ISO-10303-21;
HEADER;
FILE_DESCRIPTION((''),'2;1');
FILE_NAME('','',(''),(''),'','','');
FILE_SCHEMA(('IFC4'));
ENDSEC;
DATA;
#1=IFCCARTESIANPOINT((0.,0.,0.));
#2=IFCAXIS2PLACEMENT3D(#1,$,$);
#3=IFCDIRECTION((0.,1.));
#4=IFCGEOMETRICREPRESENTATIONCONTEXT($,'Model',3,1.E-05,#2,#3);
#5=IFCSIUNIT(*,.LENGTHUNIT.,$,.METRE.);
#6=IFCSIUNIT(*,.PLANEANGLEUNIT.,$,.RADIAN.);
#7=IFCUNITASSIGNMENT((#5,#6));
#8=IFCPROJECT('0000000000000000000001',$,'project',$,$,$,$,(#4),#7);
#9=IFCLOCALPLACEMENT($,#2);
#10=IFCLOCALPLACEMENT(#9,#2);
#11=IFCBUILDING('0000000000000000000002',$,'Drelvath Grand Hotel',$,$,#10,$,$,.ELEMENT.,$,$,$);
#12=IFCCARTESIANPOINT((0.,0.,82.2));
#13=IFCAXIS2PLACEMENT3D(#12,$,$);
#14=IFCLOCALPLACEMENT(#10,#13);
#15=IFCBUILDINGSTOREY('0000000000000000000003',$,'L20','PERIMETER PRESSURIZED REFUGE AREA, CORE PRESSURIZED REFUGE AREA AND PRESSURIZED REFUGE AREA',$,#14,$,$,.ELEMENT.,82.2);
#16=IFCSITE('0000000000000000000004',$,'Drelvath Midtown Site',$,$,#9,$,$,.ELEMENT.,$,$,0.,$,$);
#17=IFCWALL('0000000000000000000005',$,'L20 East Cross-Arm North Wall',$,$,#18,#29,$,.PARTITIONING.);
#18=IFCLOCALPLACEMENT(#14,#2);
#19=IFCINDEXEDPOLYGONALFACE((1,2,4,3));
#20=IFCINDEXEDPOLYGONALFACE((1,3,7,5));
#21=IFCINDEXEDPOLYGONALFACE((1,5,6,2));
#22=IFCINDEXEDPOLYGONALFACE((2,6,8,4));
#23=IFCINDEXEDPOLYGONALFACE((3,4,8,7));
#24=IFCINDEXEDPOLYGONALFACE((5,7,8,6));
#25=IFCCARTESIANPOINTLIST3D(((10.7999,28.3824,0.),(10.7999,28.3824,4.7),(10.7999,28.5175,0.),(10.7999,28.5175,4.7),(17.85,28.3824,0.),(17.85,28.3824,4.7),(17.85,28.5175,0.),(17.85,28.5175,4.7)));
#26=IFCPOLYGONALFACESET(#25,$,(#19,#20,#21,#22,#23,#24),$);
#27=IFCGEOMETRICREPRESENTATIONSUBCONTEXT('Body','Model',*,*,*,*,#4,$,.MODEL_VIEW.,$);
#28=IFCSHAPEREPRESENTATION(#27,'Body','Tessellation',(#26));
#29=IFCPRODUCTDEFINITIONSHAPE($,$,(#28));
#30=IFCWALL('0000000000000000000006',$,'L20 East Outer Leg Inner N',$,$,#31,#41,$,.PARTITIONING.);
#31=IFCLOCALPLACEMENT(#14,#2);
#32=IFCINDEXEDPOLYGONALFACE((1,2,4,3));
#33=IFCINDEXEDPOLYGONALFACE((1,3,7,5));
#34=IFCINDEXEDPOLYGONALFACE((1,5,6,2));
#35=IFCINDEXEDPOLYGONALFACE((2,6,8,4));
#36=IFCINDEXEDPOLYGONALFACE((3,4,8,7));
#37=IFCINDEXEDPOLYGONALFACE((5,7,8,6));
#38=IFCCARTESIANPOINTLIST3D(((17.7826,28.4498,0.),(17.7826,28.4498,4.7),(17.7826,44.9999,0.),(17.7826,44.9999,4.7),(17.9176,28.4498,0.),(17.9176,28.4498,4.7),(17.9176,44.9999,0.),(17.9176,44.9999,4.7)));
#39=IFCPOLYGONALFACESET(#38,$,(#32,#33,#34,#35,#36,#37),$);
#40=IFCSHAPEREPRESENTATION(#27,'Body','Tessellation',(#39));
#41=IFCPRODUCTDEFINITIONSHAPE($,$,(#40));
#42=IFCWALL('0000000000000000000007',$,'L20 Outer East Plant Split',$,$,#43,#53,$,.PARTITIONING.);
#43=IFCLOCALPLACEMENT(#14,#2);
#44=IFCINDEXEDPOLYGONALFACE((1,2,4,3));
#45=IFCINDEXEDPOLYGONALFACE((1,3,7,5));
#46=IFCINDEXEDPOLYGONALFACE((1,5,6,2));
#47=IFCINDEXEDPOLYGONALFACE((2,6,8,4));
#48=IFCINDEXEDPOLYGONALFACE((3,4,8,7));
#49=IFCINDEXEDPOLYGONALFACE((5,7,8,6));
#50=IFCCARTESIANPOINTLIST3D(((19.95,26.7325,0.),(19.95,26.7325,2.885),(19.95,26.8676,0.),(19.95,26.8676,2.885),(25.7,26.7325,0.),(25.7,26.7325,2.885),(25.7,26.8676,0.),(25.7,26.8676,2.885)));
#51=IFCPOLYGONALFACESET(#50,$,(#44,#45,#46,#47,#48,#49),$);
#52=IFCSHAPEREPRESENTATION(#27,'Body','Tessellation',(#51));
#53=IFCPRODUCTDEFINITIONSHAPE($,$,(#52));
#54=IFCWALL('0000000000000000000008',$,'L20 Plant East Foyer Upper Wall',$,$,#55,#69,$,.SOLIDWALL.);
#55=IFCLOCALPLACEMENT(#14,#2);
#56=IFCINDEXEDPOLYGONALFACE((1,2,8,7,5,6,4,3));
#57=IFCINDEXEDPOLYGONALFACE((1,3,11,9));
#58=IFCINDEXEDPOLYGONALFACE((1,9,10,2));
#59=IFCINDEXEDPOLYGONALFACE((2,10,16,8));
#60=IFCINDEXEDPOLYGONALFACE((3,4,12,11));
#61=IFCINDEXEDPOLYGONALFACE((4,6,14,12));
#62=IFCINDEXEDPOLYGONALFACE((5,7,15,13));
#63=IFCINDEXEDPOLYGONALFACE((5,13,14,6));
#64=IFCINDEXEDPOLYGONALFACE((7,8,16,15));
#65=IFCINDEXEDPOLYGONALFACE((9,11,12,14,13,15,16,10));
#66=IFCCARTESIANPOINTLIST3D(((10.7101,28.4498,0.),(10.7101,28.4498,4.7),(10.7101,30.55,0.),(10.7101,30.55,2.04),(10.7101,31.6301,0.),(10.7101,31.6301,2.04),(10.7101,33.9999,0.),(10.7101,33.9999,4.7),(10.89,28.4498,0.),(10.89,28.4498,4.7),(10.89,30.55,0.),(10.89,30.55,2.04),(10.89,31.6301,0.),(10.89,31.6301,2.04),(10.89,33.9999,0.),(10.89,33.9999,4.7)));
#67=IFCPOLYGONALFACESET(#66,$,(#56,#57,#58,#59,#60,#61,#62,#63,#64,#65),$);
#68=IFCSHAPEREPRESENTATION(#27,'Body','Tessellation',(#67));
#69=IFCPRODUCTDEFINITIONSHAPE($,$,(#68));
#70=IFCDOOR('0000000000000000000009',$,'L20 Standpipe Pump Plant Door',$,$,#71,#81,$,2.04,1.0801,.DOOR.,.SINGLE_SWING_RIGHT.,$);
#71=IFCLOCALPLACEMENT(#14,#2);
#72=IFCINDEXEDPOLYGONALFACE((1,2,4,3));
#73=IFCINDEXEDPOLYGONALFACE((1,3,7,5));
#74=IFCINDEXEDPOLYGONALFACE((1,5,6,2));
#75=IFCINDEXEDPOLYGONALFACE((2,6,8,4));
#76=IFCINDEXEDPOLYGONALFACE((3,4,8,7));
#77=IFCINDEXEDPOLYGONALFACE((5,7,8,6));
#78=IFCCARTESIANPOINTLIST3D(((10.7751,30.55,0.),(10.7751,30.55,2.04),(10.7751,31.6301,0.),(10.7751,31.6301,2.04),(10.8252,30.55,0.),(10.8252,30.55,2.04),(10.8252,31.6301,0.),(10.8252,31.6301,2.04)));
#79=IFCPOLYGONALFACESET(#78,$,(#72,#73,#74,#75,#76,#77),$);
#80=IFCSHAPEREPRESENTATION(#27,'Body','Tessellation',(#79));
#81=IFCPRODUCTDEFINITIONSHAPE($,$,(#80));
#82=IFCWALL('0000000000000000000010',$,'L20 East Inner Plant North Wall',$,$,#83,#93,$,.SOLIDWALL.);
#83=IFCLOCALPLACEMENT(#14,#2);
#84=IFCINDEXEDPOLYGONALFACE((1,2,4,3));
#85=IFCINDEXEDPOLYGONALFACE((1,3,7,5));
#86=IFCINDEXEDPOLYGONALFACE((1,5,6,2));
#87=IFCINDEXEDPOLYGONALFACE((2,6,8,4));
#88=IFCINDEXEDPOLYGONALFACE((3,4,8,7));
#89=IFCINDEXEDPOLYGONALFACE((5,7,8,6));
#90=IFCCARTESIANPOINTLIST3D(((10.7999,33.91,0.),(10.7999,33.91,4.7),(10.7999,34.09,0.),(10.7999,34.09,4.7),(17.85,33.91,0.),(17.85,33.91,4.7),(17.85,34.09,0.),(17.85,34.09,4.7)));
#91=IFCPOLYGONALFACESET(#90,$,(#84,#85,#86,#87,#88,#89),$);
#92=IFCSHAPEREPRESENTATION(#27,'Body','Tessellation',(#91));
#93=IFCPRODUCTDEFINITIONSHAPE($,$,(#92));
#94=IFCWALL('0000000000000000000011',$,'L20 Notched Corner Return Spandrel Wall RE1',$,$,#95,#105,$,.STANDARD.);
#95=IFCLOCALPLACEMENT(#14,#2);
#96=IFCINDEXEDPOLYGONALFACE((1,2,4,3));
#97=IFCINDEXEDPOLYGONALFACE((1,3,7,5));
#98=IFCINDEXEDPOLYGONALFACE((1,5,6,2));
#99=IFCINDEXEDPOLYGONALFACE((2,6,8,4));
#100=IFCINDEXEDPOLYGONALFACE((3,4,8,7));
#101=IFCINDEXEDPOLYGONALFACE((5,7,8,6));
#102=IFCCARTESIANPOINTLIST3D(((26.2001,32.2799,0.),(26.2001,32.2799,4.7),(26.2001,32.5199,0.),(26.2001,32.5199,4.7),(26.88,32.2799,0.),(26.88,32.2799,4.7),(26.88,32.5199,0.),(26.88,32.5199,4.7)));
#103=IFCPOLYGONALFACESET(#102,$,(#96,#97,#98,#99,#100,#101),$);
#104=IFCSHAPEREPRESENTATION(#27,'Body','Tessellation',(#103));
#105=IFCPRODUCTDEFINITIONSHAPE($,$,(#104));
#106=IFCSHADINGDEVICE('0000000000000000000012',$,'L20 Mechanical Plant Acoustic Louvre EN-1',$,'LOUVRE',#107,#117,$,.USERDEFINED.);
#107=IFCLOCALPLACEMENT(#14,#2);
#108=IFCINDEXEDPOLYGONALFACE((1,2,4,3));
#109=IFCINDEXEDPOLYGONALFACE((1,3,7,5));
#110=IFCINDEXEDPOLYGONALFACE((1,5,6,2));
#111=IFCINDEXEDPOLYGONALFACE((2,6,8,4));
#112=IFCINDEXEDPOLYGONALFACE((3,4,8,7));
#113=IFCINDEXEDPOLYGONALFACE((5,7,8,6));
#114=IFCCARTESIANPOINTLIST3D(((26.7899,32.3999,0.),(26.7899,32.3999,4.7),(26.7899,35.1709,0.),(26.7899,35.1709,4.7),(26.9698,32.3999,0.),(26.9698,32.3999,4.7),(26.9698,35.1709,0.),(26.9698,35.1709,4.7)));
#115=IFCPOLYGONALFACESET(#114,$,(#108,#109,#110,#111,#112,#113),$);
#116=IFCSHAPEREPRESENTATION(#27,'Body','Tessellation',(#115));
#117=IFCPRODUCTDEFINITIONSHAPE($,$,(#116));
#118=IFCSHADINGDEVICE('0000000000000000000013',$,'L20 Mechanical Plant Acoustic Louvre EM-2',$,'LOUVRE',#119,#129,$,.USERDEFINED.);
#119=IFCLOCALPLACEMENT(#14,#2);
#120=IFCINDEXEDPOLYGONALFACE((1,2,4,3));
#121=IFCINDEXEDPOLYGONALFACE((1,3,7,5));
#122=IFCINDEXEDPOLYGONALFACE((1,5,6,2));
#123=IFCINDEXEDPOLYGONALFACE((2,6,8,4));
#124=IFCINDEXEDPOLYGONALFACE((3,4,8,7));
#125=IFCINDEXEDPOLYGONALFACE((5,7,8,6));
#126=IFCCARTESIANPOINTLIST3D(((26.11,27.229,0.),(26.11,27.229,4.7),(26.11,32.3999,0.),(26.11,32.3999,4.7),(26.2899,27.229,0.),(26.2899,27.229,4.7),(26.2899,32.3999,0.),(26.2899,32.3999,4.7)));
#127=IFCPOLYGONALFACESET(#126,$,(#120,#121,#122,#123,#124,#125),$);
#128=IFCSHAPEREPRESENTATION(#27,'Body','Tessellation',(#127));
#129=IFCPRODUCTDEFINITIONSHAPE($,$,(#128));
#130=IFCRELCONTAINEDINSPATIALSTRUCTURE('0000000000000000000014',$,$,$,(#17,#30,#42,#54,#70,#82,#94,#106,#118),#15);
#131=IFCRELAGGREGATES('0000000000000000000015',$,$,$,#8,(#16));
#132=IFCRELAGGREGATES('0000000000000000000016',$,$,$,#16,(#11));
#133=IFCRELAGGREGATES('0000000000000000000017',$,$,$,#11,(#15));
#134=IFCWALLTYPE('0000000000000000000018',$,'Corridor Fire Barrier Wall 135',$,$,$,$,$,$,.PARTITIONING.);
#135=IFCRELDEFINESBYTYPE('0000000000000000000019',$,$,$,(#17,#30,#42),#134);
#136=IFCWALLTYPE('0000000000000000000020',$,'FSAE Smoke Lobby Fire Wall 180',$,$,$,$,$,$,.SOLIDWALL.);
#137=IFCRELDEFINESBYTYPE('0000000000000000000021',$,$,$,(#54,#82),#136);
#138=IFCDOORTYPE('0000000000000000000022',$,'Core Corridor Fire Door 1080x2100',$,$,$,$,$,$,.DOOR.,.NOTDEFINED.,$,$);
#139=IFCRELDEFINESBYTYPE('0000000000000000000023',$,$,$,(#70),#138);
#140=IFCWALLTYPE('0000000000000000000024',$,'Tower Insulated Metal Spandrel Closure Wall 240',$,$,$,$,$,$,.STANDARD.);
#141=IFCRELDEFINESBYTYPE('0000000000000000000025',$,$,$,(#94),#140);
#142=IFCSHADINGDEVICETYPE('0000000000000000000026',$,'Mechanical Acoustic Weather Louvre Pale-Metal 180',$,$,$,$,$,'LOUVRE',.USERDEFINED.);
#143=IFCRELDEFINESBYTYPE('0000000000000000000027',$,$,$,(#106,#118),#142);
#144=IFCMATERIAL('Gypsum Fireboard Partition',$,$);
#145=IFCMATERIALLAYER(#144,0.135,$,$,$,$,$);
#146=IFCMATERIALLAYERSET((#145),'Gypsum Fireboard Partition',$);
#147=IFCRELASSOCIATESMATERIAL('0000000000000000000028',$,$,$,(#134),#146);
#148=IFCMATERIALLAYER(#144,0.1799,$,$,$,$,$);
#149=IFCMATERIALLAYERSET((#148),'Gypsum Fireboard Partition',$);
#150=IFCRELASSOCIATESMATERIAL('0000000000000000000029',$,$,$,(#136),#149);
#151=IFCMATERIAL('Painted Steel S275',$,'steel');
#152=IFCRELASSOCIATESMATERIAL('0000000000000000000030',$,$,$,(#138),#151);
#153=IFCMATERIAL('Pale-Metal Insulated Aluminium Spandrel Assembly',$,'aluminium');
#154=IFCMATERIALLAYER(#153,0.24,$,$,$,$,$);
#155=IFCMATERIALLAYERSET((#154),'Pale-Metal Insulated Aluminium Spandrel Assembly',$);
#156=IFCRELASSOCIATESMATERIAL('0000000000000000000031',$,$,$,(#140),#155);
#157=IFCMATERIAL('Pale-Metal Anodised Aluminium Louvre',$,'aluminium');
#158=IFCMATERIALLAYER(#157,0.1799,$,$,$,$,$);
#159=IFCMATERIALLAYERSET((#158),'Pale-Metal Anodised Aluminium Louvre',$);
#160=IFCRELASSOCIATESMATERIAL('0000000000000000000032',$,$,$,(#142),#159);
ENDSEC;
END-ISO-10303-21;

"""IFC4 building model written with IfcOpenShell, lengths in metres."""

from ifc_helpers import new_model, si_unit, direction, frame, frame_2d, origin, origin_2d, place, context, subcontext, project, spatial, rectangle, extrude, material, layer, layer_set, type_object, element, fill, save


model = new_model("IFC4")

# Units and contexts
model_context = context("Model", 3, precision=1e-05, world=origin(), true_north=direction((0.0, 1.0)))
body_context = subcontext(model_context, "Body", "Model", "MODEL_VIEW")
ifc_project = project(units=[si_unit("LENGTHUNIT", "METRE"), si_unit("PLANEANGLEUNIT", "RADIAN")], contexts=[model_context])

# Site, building, storey
site_placement = place(None, origin())
site = spatial("IfcSite", under=ifc_project, at=site_placement, Name="Drelvath Midtown Site", CompositionType="ELEMENT", RefElevation=0.0)
building_placement = place(site_placement, origin())
building = spatial("IfcBuilding", under=site, at=building_placement, Name="Drelvath Grand Hotel", CompositionType="ELEMENT")
storey_placement = place(building_placement, frame((0.0, 0.0, 82.2)))
storey = spatial("IfcBuildingStorey", under=building, at=storey_placement, Name="L20", Description="PERIMETER PRESSURIZED REFUGE AREA, CORE PRESSURIZED REFUGE AREA AND PRESSURIZED REFUGE AREA", CompositionType="ELEMENT", Elevation=82.2)

# Walls
ifc_material_1 = material(Name="Gypsum Fireboard Partition")
ifc_layer_1 = layer(ifc_material_1, 0.135)
ifc_layer_set_1 = layer_set([ifc_layer_1], Name="Gypsum Fireboard Partition")
wall_type_1 = type_object("IfcWallType", Name="Corridor Fire Barrier Wall 135", PredefinedType="PARTITIONING", material=ifc_layer_set_1)
wall_1_placement = place(storey_placement, frame((10.8, 28.45, 0.0), z_axis=(0.0, 0.0, 1.0), x_axis=(1.0, 0.0, 0.0)))
element("IfcWall", 1, at=wall_1_placement, inside=storey, type_object=wall_type_1, Name="L20 East Cross-Arm North Wall", PredefinedType="PARTITIONING", context=body_context, shape_type="SweptSolid", body=[
    extrude(rectangle(XDim=7.05, YDim=0.135, at=frame_2d((3.5249, 0.0))), origin(), (0.0, 0.0, 1.0), 4.7),
])
wall_2_placement = place(storey_placement, frame((17.8501, 28.45, 0.0), z_axis=(0.0, 0.0, 1.0), x_axis=(0.0, 1.0, 0.0)))
element("IfcWall", 2, at=wall_2_placement, inside=storey, type_object=wall_type_1, Name="L20 East Outer Leg Inner N", PredefinedType="PARTITIONING", context=body_context, shape_type="SweptSolid", body=[
    extrude(rectangle(XDim=16.55, YDim=0.135, at=frame_2d((8.2749, 0.0))), origin(), (0.0, 0.0, 1.0), 4.7),
])
wall_3_placement = place(storey_placement, frame((19.95, 26.8, 0.0), z_axis=(0.0, 0.0, 1.0), x_axis=(1.0, 0.0, 0.0)))
element("IfcWall", 3, at=wall_3_placement, inside=storey, type_object=wall_type_1, Name="L20 Outer East Plant Split", PredefinedType="PARTITIONING", context=body_context, shape_type="SweptSolid", body=[
    extrude(rectangle(XDim=5.75, YDim=0.135, at=frame_2d((2.875, 0.0))), origin(), (0.0, 0.0, 1.0), 2.885),
])

# Wall, opening, door
ifc_layer_2 = layer(ifc_material_1, 0.1799)
ifc_layer_set_2 = layer_set([ifc_layer_2], Name="Gypsum Fireboard Partition")
wall_type_2 = type_object("IfcWallType", Name="FSAE Smoke Lobby Fire Wall 180", PredefinedType="SOLIDWALL", material=ifc_layer_set_2)
wall_4_placement = place(storey_placement, frame((10.8, 28.45, 0.0), z_axis=(0.0, 0.0, 1.0), x_axis=(0.0, 1.0, 0.0)))
wall_4 = element("IfcWall", 4, at=wall_4_placement, inside=storey, type_object=wall_type_2, Name="L20 Plant East Foyer Upper Wall", PredefinedType="SOLIDWALL", context=body_context, shape_type="SweptSolid", body=[
    extrude(rectangle(XDim=5.55, YDim=0.1799, at=frame_2d((2.7749, 0.0))), origin(), (0.0, 0.0, 1.0), 4.7),
])
opening_placement = place(wall_4_placement, frame((2.1001, 0.0, 0.0)))
opening = element("IfcOpeningElement", 5, at=opening_placement, cuts=wall_4, PredefinedType="OPENING", context=body_context, shape_type="SweptSolid", body=[
    extrude(rectangle(XDim=1.0801, YDim=2.04, at=frame_2d((0.54, 1.02))), frame((0.0, 0.0999, 0.0), z_axis=(0.0, -1.0, 0.0), x_axis=(1.0, 0.0, 0.0)), (0.0, 0.0, 1.0), 0.2),
])
ifc_material_2 = material(Name="Painted Steel S275", Category="steel")
door_type = type_object("IfcDoorType", Name="Core Corridor Fire Door 1080x2100", OperationType="NOTDEFINED", PredefinedType="DOOR", material=ifc_material_2)
door_placement = place(opening_placement, origin())
door = element("IfcDoor", 6, at=door_placement, inside=storey, type_object=door_type, Name="L20 Standpipe Pump Plant Door", OperationType="SINGLE_SWING_RIGHT", OverallHeight=2.04, OverallWidth=1.0801, PredefinedType="DOOR", context=body_context, shape_type="SweptSolid", body=[
    extrude(rectangle(XDim=1.0801, YDim=2.04, at=frame_2d((0.54, 1.02))), frame((0.0, 0.0249, 0.0), z_axis=(0.0, -1.0, 0.0), x_axis=(1.0, 0.0, 0.0)), (0.0, 0.0, 1.0), 0.05),
])
fill(opening, door)

# Walls
wall_5_placement = place(storey_placement, frame((10.8, 34.0, 0.0), z_axis=(0.0, 0.0, 1.0), x_axis=(1.0, 0.0, 0.0)))
element("IfcWall", 7, at=wall_5_placement, inside=storey, type_object=wall_type_2, Name="L20 East Inner Plant North Wall", PredefinedType="SOLIDWALL", context=body_context, shape_type="SweptSolid", body=[
    extrude(rectangle(XDim=7.05, YDim=0.1799, at=frame_2d((3.5249, 0.0))), origin(), (0.0, 0.0, 1.0), 4.7),
])
ifc_material_3 = material(Name="Pale-Metal Insulated Aluminium Spandrel Assembly", Category="aluminium")
ifc_layer_3 = layer(ifc_material_3, 0.24)
ifc_layer_set_3 = layer_set([ifc_layer_3], Name="Pale-Metal Insulated Aluminium Spandrel Assembly")
wall_type_3 = type_object("IfcWallType", Name="Tower Insulated Metal Spandrel Closure Wall 240", PredefinedType="STANDARD", material=ifc_layer_set_3)
wall_6_placement = place(storey_placement, frame((26.8799, 32.3999, 0.0), z_axis=(0.0, 0.0, 1.0), x_axis=(-1.0, 0.0, 0.0)))
element("IfcWall", 8, at=wall_6_placement, inside=storey, type_object=wall_type_3, Name="L20 Notched Corner Return Spandrel Wall RE1", PredefinedType="STANDARD", context=body_context, shape_type="SweptSolid", body=[
    extrude(rectangle(XDim=0.6799, YDim=0.24, at=frame_2d((0.3398, 0.0))), origin(), (0.0, 0.0, 1.0), 4.7),
])

# Shading devices
ifc_material_4 = material(Name="Pale-Metal Anodised Aluminium Louvre", Category="aluminium")
ifc_layer_4 = layer(ifc_material_4, 0.1799)
ifc_layer_set_4 = layer_set([ifc_layer_4], Name="Pale-Metal Anodised Aluminium Louvre")
shading_device_type = type_object("IfcShadingDeviceType", Name="Mechanical Acoustic Weather Louvre Pale-Metal 180", ElementType="LOUVRE", PredefinedType="USERDEFINED", material=ifc_layer_set_4)
shading_device_1_placement = place(storey_placement, frame((26.8799, 33.7854, 0.0), z_axis=(0.0, 0.0, 1.0), x_axis=(0.0, 1.0, 0.0)))
element("IfcShadingDevice", 9, at=shading_device_1_placement, inside=storey, type_object=shading_device_type, Name="L20 Mechanical Plant Acoustic Louvre EN-1", ObjectType="LOUVRE", PredefinedType="USERDEFINED", context=body_context, shape_type="SweptSolid", body=[
    extrude(rectangle(XDim=2.771, YDim=0.1799, at=origin_2d()), origin(), (0.0, 0.0, 1.0), 4.7),
])
shading_device_2_placement = place(storey_placement, frame((26.2, 29.8145, 0.0), z_axis=(0.0, 0.0, 1.0), x_axis=(0.0, 1.0, 0.0)))
element("IfcShadingDevice", 10, at=shading_device_2_placement, inside=storey, type_object=shading_device_type, Name="L20 Mechanical Plant Acoustic Louvre EM-2", ObjectType="LOUVRE", PredefinedType="USERDEFINED", context=body_context, shape_type="SweptSolid", body=[
    extrude(rectangle(XDim=5.1709, YDim=0.1799, at=origin_2d()), origin(), (0.0, 0.0, 1.0), 4.7),
])

save(model, "model.ifc")
